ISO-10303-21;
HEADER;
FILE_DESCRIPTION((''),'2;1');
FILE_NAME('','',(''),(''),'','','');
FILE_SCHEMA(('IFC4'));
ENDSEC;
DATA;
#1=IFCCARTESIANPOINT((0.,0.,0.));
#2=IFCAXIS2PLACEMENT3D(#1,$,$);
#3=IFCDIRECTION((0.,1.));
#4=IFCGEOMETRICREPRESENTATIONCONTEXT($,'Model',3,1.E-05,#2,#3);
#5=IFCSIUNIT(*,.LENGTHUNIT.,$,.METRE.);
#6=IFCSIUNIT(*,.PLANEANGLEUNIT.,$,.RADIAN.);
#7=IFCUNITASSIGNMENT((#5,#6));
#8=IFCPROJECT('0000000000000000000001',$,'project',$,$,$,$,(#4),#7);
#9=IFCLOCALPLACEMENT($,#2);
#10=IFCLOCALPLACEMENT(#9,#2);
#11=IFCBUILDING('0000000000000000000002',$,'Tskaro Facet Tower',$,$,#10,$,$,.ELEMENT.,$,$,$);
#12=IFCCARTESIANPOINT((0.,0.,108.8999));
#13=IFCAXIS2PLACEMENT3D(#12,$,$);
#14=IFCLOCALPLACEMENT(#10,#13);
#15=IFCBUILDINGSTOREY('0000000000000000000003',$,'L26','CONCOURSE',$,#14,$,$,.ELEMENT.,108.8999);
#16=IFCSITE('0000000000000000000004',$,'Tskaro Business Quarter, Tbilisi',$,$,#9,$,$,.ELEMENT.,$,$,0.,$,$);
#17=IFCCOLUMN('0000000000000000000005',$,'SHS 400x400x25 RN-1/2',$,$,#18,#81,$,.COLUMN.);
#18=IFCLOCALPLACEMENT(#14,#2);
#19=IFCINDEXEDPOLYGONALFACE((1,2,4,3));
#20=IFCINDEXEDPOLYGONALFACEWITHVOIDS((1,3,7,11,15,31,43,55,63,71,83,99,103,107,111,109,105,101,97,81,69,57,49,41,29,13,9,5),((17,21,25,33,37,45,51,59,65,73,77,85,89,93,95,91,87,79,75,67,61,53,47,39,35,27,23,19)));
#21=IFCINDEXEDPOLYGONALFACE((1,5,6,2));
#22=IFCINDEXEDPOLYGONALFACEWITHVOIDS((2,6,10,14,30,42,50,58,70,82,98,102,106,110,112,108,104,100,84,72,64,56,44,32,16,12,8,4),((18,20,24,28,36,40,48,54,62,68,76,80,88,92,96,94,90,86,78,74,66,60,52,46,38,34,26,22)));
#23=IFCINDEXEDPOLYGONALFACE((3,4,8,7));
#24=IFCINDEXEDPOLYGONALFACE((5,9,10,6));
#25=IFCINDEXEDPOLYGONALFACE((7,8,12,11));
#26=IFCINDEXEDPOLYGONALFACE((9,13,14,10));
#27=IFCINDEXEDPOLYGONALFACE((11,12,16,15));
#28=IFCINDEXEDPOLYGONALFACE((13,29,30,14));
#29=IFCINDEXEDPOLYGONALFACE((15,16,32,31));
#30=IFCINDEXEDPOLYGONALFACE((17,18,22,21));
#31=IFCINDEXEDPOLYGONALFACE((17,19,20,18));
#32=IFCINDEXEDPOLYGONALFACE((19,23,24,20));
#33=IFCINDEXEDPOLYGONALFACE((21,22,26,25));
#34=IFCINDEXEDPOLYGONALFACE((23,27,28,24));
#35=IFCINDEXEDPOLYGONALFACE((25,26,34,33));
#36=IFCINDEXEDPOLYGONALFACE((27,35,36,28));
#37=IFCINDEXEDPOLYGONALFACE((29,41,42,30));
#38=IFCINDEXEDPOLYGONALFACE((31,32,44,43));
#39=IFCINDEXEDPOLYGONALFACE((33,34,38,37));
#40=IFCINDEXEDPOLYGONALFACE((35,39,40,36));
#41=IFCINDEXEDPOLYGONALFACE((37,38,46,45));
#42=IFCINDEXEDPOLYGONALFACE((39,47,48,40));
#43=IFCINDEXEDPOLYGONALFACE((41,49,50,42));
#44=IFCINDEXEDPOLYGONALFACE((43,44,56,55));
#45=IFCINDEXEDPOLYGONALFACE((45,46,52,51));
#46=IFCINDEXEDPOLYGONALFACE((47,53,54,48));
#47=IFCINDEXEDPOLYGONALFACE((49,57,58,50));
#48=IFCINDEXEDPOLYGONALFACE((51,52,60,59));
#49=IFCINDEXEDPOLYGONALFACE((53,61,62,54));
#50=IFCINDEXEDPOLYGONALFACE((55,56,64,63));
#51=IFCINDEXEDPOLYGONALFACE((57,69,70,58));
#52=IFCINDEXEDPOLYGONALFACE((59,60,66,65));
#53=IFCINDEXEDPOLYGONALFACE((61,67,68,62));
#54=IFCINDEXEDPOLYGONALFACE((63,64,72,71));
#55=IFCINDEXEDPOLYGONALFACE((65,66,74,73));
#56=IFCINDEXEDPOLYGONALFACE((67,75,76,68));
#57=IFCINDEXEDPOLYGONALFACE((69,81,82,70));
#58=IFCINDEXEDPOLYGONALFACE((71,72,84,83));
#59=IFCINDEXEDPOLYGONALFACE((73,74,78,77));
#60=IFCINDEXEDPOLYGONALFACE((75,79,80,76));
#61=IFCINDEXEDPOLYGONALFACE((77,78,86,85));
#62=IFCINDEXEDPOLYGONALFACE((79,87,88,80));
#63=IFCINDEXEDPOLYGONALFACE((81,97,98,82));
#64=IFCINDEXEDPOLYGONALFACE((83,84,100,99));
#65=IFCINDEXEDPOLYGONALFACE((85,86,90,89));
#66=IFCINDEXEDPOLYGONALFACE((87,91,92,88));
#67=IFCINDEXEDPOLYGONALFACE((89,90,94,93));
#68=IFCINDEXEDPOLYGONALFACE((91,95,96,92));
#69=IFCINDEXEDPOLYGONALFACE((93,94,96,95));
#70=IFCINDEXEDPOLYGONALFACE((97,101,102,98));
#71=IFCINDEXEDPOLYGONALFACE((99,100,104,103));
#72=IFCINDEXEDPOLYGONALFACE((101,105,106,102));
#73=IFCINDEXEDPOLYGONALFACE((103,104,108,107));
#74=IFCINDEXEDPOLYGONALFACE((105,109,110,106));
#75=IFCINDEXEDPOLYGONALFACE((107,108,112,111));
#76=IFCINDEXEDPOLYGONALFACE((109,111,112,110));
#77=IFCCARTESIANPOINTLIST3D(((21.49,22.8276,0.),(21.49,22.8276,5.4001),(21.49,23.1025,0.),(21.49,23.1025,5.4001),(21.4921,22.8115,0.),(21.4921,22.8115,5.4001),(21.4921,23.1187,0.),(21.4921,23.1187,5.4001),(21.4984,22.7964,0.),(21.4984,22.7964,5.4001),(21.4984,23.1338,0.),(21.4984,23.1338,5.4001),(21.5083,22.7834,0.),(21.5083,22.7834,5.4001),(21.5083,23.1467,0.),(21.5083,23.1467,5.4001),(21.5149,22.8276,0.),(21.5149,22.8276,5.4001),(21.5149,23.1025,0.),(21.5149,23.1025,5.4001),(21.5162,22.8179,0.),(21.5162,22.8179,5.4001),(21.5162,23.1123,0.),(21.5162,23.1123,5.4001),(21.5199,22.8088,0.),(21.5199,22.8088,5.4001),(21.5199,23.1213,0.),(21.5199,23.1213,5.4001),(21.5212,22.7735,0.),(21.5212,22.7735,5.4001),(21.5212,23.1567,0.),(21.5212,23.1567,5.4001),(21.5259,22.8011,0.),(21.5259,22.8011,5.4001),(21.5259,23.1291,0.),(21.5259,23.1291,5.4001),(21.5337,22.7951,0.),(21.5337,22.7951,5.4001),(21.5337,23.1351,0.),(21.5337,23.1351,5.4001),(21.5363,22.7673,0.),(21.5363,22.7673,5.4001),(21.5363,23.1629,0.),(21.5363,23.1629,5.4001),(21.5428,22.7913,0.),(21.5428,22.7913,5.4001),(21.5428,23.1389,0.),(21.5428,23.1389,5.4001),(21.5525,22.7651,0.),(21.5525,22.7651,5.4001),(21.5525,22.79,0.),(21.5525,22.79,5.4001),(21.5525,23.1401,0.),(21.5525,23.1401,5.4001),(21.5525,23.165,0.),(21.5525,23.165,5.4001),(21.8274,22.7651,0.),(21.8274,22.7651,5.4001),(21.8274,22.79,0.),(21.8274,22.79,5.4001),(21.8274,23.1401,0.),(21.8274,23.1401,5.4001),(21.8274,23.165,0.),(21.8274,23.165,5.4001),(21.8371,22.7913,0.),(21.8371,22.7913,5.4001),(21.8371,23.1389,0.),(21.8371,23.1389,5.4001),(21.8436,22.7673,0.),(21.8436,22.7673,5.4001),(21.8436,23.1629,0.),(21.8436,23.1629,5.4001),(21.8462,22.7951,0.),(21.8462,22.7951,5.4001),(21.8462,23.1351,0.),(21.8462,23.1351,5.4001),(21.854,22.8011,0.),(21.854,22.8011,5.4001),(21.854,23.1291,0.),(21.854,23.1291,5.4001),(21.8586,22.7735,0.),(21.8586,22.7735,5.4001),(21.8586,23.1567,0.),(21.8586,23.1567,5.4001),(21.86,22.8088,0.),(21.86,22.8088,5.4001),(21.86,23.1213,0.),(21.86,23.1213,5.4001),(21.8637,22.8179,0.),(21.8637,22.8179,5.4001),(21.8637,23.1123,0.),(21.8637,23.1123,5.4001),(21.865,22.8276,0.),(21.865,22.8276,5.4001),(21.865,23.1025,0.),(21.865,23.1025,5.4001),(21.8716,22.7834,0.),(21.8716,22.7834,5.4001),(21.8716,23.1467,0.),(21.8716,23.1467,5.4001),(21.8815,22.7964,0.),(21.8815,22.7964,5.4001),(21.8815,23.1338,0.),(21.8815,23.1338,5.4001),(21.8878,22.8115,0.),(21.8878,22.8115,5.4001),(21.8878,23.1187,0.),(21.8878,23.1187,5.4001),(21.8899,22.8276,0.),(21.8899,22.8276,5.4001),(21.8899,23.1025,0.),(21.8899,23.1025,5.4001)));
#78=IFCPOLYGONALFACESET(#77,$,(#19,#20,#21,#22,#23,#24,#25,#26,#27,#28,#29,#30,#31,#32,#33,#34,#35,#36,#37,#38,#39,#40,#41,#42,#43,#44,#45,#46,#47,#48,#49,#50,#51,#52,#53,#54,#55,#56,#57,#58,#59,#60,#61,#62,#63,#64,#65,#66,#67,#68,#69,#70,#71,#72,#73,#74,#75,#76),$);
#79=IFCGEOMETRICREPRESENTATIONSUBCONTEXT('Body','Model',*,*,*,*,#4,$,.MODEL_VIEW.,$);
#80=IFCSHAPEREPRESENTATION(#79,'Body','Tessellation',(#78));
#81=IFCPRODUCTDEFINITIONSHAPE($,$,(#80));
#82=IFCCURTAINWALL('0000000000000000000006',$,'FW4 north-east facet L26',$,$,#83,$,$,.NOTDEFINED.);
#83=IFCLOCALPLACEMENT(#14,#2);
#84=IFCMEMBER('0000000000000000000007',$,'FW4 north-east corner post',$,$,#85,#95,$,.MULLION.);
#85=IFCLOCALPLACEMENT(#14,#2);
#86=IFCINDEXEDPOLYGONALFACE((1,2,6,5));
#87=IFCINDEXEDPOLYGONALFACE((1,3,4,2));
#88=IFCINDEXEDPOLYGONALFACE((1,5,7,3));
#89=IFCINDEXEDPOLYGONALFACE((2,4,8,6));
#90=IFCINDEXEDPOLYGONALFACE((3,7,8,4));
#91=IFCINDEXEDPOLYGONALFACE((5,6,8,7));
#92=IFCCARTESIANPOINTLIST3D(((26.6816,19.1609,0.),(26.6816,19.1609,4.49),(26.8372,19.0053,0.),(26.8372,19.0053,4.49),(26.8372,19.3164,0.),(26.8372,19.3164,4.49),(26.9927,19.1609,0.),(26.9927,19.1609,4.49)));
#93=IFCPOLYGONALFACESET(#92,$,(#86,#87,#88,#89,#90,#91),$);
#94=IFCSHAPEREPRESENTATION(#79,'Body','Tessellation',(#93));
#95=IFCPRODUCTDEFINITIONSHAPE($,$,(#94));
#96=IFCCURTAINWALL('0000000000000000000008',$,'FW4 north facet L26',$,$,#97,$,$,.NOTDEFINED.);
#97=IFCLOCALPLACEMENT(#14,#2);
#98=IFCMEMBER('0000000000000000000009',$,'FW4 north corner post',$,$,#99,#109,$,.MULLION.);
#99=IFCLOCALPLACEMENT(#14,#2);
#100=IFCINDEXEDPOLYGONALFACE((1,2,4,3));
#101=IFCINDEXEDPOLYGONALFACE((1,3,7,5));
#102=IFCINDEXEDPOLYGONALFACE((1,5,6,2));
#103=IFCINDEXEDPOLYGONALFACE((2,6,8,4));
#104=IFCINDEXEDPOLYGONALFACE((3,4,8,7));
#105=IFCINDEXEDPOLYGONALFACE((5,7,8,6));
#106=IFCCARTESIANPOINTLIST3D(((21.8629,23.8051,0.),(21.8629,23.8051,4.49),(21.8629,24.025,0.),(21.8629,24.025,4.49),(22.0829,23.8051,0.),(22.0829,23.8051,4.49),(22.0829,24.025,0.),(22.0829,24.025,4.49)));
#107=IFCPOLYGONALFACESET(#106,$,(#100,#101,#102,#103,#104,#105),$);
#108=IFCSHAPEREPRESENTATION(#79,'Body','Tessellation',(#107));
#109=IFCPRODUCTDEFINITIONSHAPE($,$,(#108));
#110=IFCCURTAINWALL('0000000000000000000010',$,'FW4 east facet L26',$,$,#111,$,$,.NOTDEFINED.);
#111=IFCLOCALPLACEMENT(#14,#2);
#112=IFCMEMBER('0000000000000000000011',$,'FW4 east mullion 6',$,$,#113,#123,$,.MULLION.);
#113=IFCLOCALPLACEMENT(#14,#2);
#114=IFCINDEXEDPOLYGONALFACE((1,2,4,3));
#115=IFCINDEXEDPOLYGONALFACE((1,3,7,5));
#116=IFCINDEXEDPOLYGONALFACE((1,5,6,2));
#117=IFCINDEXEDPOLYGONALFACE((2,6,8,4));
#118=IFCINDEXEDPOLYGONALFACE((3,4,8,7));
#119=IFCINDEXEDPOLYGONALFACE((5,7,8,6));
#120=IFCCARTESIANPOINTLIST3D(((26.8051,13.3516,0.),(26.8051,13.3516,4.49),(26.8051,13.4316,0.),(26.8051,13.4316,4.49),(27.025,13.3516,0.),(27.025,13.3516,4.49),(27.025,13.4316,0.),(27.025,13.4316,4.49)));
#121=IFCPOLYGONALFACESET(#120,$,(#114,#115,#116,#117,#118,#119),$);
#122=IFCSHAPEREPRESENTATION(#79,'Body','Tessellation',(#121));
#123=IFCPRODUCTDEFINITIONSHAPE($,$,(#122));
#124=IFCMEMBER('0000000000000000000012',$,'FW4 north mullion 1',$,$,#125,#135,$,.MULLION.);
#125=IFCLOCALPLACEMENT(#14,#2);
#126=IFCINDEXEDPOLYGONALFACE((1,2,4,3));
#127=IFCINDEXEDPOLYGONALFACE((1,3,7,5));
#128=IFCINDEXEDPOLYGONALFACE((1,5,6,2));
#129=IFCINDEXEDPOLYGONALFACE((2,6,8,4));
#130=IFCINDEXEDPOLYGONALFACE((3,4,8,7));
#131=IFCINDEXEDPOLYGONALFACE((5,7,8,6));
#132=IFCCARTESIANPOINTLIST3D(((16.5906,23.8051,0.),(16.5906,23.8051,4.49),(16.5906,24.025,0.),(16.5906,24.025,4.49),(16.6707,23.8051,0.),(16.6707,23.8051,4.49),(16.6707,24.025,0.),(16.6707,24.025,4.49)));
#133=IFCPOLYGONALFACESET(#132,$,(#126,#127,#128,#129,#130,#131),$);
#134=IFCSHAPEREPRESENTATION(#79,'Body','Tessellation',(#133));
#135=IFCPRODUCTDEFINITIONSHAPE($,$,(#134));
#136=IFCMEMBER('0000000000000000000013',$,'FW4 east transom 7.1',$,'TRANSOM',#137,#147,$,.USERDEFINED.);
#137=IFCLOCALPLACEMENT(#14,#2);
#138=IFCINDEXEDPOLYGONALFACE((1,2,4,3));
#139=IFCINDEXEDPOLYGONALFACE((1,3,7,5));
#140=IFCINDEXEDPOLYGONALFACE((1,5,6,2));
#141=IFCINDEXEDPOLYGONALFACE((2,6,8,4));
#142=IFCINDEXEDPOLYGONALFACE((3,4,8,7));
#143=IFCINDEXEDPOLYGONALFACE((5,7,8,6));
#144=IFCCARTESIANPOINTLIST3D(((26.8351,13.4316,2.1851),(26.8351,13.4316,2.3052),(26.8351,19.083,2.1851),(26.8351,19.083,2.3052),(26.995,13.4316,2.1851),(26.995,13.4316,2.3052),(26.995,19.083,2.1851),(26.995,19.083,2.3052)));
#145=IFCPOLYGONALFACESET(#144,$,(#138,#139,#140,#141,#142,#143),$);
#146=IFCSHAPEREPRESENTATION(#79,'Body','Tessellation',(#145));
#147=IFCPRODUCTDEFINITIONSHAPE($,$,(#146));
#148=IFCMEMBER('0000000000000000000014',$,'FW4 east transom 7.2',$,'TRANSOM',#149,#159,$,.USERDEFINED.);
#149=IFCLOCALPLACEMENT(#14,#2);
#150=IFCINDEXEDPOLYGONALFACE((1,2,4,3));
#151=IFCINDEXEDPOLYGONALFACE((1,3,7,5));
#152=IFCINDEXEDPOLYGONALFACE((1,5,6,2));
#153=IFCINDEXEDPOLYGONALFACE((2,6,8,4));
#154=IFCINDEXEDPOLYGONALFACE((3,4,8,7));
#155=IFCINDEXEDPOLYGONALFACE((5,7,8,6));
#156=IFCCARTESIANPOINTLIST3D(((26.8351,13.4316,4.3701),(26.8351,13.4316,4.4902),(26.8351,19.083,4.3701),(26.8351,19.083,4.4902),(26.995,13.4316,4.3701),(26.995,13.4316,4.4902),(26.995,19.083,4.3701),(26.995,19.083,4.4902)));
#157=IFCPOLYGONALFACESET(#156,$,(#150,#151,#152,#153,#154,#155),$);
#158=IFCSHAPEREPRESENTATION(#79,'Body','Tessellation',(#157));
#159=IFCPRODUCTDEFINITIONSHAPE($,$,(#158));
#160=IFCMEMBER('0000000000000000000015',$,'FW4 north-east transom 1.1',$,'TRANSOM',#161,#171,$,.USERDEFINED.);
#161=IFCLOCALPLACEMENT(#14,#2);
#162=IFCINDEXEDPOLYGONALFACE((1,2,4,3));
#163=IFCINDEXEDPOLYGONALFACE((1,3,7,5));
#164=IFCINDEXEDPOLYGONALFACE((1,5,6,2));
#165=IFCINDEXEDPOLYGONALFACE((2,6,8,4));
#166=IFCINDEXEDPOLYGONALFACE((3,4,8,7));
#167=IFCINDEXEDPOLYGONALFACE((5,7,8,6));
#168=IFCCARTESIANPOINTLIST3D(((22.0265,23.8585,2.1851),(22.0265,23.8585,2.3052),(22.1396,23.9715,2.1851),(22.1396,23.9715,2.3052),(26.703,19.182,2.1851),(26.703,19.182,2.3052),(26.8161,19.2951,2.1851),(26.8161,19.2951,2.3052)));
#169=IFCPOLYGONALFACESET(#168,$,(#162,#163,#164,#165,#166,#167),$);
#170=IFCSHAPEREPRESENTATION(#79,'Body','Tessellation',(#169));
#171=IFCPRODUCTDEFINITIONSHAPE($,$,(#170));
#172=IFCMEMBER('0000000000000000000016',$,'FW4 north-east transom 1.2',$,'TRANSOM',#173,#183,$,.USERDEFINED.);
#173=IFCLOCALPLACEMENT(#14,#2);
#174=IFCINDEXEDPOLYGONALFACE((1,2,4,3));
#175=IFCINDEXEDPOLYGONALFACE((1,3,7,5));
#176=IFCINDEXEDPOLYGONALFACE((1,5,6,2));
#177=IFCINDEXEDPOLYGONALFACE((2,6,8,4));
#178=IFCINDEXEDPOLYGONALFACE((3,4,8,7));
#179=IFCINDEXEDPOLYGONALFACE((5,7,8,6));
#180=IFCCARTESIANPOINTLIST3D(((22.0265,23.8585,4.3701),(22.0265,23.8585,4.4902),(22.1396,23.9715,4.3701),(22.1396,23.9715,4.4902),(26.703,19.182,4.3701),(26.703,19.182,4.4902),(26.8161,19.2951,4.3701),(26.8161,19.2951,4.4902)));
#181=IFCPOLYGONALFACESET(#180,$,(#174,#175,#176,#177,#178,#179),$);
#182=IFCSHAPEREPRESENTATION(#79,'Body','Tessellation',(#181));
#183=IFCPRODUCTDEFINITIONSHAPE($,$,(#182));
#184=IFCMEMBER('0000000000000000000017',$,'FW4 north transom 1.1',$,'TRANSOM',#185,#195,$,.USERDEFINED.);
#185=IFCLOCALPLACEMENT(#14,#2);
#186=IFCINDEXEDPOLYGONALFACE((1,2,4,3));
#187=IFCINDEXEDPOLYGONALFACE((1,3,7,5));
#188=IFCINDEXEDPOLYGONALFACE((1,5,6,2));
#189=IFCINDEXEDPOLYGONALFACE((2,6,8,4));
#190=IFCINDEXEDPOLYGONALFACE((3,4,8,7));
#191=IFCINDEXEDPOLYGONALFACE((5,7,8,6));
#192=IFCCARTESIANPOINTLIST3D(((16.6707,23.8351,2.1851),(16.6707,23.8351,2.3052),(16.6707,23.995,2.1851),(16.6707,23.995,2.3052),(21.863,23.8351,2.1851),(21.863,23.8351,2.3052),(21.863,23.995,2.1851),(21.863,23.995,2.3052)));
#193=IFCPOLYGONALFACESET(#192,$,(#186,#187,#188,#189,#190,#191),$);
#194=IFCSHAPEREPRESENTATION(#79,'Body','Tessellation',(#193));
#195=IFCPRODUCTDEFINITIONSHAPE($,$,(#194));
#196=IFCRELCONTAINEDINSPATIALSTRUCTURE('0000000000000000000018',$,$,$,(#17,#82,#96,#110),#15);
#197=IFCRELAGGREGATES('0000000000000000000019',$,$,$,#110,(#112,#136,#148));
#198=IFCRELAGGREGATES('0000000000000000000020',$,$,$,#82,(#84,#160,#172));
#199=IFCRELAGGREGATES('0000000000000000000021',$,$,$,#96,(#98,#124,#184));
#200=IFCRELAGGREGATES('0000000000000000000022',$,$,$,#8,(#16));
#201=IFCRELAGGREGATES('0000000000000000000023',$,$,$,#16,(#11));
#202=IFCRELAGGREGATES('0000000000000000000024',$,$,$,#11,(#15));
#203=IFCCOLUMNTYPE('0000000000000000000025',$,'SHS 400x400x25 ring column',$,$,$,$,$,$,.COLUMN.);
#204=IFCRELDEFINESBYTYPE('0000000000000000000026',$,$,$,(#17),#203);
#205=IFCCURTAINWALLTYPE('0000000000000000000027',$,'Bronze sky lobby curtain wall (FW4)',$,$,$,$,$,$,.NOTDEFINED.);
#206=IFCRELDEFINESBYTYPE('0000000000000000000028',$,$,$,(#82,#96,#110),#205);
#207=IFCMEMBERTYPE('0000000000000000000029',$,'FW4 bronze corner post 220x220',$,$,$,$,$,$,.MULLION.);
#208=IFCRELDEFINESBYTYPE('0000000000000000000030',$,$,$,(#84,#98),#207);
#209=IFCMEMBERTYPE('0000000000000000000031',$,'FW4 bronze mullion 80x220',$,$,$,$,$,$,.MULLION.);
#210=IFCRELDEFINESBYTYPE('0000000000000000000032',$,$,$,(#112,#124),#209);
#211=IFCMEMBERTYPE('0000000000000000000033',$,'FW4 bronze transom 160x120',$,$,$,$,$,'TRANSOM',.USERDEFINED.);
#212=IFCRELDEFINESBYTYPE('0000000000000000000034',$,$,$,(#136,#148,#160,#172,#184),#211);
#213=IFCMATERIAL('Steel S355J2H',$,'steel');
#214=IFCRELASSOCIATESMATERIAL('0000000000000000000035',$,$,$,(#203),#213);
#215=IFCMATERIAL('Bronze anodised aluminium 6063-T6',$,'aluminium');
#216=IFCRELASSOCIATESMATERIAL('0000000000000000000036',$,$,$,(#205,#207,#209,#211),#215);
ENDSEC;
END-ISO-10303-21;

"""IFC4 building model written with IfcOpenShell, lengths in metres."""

from ifc_helpers import new_model, si_unit, direction, frame, origin, origin_2d, place, context, subcontext, project, spatial, rectangle, hollow_rectangle, extrude, material, material_profile, profile_set, type_object, element, aggregate, save


model = new_model("IFC4")

# Units and contexts
model_context = context("Model", 3, precision=1e-05, world=origin(), true_north=direction((0.0, 1.0)))
body_context = subcontext(model_context, "Body", "Model", "MODEL_VIEW")
ifc_project = project(units=[si_unit("LENGTHUNIT", "METRE"), si_unit("PLANEANGLEUNIT", "RADIAN")], contexts=[model_context])

# Site, building, storey
site_placement = place(None, origin())
site = spatial("IfcSite", under=ifc_project, at=site_placement, Name="Tskaro Business Quarter, Tbilisi", CompositionType="ELEMENT", RefElevation=0.0)
building_placement = place(site_placement, origin())
building = spatial("IfcBuilding", under=site, at=building_placement, Name="Tskaro Facet Tower", CompositionType="ELEMENT")
storey_placement = place(building_placement, frame((0.0, 0.0, 108.8999)))
storey = spatial("IfcBuildingStorey", under=building, at=storey_placement, Name="L26", Description="CONCOURSE", CompositionType="ELEMENT", Elevation=108.8999)

# Column
ifc_material_1 = material(Name="Steel S355J2H", Category="steel")
ifc_material_profile_1 = material_profile(ifc_material_1, hollow_rectangle(XDim=0.3999, YDim=0.3999, WallThickness=0.0249, InnerFilletRadius=0.0376, OuterFilletRadius=0.0625, at=origin_2d()), Name="SHS 400x400x25")
ifc_profile_set_1 = profile_set([ifc_material_profile_1], Name="Steel S355J2H")
column_type_1 = type_object("IfcColumnType", Name="SHS 400x400x25 ring column", PredefinedType="COLUMN", material=ifc_profile_set_1)
for number, where, z_axis, x_axis, name in (
    (1, (21.6899, 22.9651, 0.0), (0.0, 0.0, 1.0), (1.0, 0.0, 0.0), "SHS 400x400x25 RN-1/2"),
):
    element("IfcColumn", number, at=place(storey_placement, frame(where, z_axis=z_axis, x_axis=x_axis)), inside=storey, type_object=column_type_1, Name=name, PredefinedType="COLUMN", context=body_context, shape_type="SweptSolid", body=[
        extrude(hollow_rectangle(XDim=0.3999, YDim=0.3999, WallThickness=0.0249, InnerFilletRadius=0.0376, OuterFilletRadius=0.0625, at=origin_2d()), origin(), (0.0, 0.0, 1.0), 5.4001),
    ])

# Curtain walls, members
ifc_material_2 = material(Name="Bronze anodised aluminium 6063-T6", Category="aluminium")
curtain_wall_type = type_object("IfcCurtainWallType", Name="Bronze sky lobby curtain wall (FW4)", PredefinedType="NOTDEFINED", material=ifc_material_2)
curtain_wall_1_placement = place(storey_placement, origin())
curtain_wall_1 = element("IfcCurtainWall", 2, at=curtain_wall_1_placement, inside=storey, type_object=curtain_wall_type, Name="FW4 north-east facet L26", PredefinedType="NOTDEFINED")
ifc_material_profile_2 = material_profile(ifc_material_2, rectangle(XDim=0.22, YDim=0.22, at=origin_2d()), Name="Corner post 220x220")
ifc_profile_set_2 = profile_set([ifc_material_profile_2], Name="Bronze anodised aluminium 6063-T6")
member_type_1 = type_object("IfcMemberType", Name="FW4 bronze corner post 220x220", PredefinedType="MULLION", material=ifc_profile_set_2)
member_1_placement = place(storey_placement, frame((26.8372, 19.1609, 0.0), z_axis=(0.0, 0.0, 1.0), x_axis=(-0.707107, 0.707107, 0.0)))
member_1 = element("IfcMember", 3, at=member_1_placement, type_object=member_type_1, Name="FW4 north-east corner post", PredefinedType="MULLION", context=body_context, shape_type="SweptSolid", body=[
    extrude(rectangle(XDim=0.22, YDim=0.22, at=origin_2d()), origin(), (0.0, 0.0, 1.0), 4.49),
])
curtain_wall_2_placement = place(storey_placement, origin())
curtain_wall_2 = element("IfcCurtainWall", 4, at=curtain_wall_2_placement, inside=storey, type_object=curtain_wall_type, Name="FW4 north facet L26", PredefinedType="NOTDEFINED")
member_2_placement = place(storey_placement, frame((21.9729, 23.915, 0.0), z_axis=(0.0, 0.0, 1.0), x_axis=(-1.0, 0.0, 0.0)))
member_2 = element("IfcMember", 5, at=member_2_placement, type_object=member_type_1, Name="FW4 north corner post", PredefinedType="MULLION", context=body_context, shape_type="SweptSolid", body=[
    extrude(rectangle(XDim=0.22, YDim=0.22, at=origin_2d()), origin(), (0.0, 0.0, 1.0), 4.49),
])
curtain_wall_3_placement = place(storey_placement, origin())
curtain_wall_3 = element("IfcCurtainWall", 6, at=curtain_wall_3_placement, inside=storey, type_object=curtain_wall_type, Name="FW4 east facet L26", PredefinedType="NOTDEFINED")
ifc_material_profile_3 = material_profile(ifc_material_2, rectangle(XDim=0.0801, YDim=0.22, at=origin_2d()), Name="Mullion 80x220")
ifc_profile_set_3 = profile_set([ifc_material_profile_3], Name="Bronze anodised aluminium 6063-T6")
member_type_2 = type_object("IfcMemberType", Name="FW4 bronze mullion 80x220", PredefinedType="MULLION", material=ifc_profile_set_3)
member_3_placement = place(storey_placement, frame((26.915, 13.3916, 0.0), z_axis=(0.0, 0.0, 1.0), x_axis=(0.0, 1.0, 0.0)))
member_3 = element("IfcMember", 7, at=member_3_placement, type_object=member_type_2, Name="FW4 east mullion 6", PredefinedType="MULLION", context=body_context, shape_type="SweptSolid", body=[
    extrude(rectangle(XDim=0.0801, YDim=0.22, at=origin_2d()), origin(), (0.0, 0.0, 1.0), 4.49),
])

# Members
member_4_placement = place(storey_placement, frame((16.6306, 23.915, 0.0), z_axis=(0.0, 0.0, 1.0), x_axis=(-1.0, 0.0, 0.0)))
member_4 = element("IfcMember", 8, at=member_4_placement, type_object=member_type_2, Name="FW4 north mullion 1", PredefinedType="MULLION", context=body_context, shape_type="SweptSolid", body=[
    extrude(rectangle(XDim=0.0801, YDim=0.22, at=origin_2d()), origin(), (0.0, 0.0, 1.0), 4.49),
])
ifc_material_profile_4 = material_profile(ifc_material_2, rectangle(XDim=0.1599, YDim=0.1201, at=origin_2d()), Name="Transom 160x120")
ifc_profile_set_4 = profile_set([ifc_material_profile_4], Name="Bronze anodised aluminium 6063-T6")
member_type_3 = type_object("IfcMemberType", Name="FW4 bronze transom 160x120", ElementType="TRANSOM", PredefinedType="USERDEFINED", material=ifc_profile_set_4)
member_5_placement = place(storey_placement, frame((26.915, 13.4316, 2.2451), z_axis=(0.0, 1.0, 0.0), x_axis=(-1.0, 0.0, 0.0)))
member_5 = element("IfcMember", 9, at=member_5_placement, type_object=member_type_3, Name="FW4 east transom 7.1", ObjectType="TRANSOM", PredefinedType="USERDEFINED", context=body_context, shape_type="SweptSolid", body=[
    extrude(rectangle(XDim=0.1599, YDim=0.1201, at=origin_2d()), origin(), (0.0, 0.0, 1.0), 5.6514),
])
member_6_placement = place(storey_placement, frame((26.915, 13.4316, 4.4302), z_axis=(0.0, 1.0, 0.0), x_axis=(-1.0, 0.0, 0.0)))
member_6 = element("IfcMember", 10, at=member_6_placement, type_object=member_type_3, Name="FW4 east transom 7.2", ObjectType="TRANSOM", PredefinedType="USERDEFINED", context=body_context, shape_type="SweptSolid", body=[
    extrude(rectangle(XDim=0.1599, YDim=0.1201, at=origin_2d()), origin(), (0.0, 0.0, 1.0), 5.6514),
])
member_7_placement = place(storey_placement, frame((26.7595, 19.2385, 2.2451), z_axis=(-0.707107, 0.707107, 0.0), x_axis=(-0.707107, -0.707107, 0.0)))
member_7 = element("IfcMember", 11, at=member_7_placement, type_object=member_type_3, Name="FW4 north-east transom 1.1", ObjectType="TRANSOM", PredefinedType="USERDEFINED", context=body_context, shape_type="SweptSolid", body=[
    extrude(rectangle(XDim=0.1599, YDim=0.1201, at=origin_2d()), origin(), (0.0, 0.0, 1.0), 6.6135),
])
member_8_placement = place(storey_placement, frame((26.7595, 19.2385, 4.4302), z_axis=(-0.707107, 0.707107, 0.0), x_axis=(-0.707107, -0.707107, 0.0)))
member_8 = element("IfcMember", 12, at=member_8_placement, type_object=member_type_3, Name="FW4 north-east transom 1.2", ObjectType="TRANSOM", PredefinedType="USERDEFINED", context=body_context, shape_type="SweptSolid", body=[
    extrude(rectangle(XDim=0.1599, YDim=0.1201, at=origin_2d()), origin(), (0.0, 0.0, 1.0), 6.6135),
])
member_9_placement = place(storey_placement, frame((21.863, 23.915, 2.2451), z_axis=(-1.0, 0.0, 0.0), x_axis=(0.0, -1.0, 0.0)))
member_9 = element("IfcMember", 13, at=member_9_placement, type_object=member_type_3, Name="FW4 north transom 1.1", ObjectType="TRANSOM", PredefinedType="USERDEFINED", context=body_context, shape_type="SweptSolid", body=[
    extrude(rectangle(XDim=0.1599, YDim=0.1201, at=origin_2d()), origin(), (0.0, 0.0, 1.0), 5.1924),
])

aggregate(curtain_wall_3, [member_3, member_5, member_6])
aggregate(curtain_wall_1, [member_1, member_7, member_8])
aggregate(curtain_wall_2, [member_2, member_4, member_9])

save(model, "model.ifc")
